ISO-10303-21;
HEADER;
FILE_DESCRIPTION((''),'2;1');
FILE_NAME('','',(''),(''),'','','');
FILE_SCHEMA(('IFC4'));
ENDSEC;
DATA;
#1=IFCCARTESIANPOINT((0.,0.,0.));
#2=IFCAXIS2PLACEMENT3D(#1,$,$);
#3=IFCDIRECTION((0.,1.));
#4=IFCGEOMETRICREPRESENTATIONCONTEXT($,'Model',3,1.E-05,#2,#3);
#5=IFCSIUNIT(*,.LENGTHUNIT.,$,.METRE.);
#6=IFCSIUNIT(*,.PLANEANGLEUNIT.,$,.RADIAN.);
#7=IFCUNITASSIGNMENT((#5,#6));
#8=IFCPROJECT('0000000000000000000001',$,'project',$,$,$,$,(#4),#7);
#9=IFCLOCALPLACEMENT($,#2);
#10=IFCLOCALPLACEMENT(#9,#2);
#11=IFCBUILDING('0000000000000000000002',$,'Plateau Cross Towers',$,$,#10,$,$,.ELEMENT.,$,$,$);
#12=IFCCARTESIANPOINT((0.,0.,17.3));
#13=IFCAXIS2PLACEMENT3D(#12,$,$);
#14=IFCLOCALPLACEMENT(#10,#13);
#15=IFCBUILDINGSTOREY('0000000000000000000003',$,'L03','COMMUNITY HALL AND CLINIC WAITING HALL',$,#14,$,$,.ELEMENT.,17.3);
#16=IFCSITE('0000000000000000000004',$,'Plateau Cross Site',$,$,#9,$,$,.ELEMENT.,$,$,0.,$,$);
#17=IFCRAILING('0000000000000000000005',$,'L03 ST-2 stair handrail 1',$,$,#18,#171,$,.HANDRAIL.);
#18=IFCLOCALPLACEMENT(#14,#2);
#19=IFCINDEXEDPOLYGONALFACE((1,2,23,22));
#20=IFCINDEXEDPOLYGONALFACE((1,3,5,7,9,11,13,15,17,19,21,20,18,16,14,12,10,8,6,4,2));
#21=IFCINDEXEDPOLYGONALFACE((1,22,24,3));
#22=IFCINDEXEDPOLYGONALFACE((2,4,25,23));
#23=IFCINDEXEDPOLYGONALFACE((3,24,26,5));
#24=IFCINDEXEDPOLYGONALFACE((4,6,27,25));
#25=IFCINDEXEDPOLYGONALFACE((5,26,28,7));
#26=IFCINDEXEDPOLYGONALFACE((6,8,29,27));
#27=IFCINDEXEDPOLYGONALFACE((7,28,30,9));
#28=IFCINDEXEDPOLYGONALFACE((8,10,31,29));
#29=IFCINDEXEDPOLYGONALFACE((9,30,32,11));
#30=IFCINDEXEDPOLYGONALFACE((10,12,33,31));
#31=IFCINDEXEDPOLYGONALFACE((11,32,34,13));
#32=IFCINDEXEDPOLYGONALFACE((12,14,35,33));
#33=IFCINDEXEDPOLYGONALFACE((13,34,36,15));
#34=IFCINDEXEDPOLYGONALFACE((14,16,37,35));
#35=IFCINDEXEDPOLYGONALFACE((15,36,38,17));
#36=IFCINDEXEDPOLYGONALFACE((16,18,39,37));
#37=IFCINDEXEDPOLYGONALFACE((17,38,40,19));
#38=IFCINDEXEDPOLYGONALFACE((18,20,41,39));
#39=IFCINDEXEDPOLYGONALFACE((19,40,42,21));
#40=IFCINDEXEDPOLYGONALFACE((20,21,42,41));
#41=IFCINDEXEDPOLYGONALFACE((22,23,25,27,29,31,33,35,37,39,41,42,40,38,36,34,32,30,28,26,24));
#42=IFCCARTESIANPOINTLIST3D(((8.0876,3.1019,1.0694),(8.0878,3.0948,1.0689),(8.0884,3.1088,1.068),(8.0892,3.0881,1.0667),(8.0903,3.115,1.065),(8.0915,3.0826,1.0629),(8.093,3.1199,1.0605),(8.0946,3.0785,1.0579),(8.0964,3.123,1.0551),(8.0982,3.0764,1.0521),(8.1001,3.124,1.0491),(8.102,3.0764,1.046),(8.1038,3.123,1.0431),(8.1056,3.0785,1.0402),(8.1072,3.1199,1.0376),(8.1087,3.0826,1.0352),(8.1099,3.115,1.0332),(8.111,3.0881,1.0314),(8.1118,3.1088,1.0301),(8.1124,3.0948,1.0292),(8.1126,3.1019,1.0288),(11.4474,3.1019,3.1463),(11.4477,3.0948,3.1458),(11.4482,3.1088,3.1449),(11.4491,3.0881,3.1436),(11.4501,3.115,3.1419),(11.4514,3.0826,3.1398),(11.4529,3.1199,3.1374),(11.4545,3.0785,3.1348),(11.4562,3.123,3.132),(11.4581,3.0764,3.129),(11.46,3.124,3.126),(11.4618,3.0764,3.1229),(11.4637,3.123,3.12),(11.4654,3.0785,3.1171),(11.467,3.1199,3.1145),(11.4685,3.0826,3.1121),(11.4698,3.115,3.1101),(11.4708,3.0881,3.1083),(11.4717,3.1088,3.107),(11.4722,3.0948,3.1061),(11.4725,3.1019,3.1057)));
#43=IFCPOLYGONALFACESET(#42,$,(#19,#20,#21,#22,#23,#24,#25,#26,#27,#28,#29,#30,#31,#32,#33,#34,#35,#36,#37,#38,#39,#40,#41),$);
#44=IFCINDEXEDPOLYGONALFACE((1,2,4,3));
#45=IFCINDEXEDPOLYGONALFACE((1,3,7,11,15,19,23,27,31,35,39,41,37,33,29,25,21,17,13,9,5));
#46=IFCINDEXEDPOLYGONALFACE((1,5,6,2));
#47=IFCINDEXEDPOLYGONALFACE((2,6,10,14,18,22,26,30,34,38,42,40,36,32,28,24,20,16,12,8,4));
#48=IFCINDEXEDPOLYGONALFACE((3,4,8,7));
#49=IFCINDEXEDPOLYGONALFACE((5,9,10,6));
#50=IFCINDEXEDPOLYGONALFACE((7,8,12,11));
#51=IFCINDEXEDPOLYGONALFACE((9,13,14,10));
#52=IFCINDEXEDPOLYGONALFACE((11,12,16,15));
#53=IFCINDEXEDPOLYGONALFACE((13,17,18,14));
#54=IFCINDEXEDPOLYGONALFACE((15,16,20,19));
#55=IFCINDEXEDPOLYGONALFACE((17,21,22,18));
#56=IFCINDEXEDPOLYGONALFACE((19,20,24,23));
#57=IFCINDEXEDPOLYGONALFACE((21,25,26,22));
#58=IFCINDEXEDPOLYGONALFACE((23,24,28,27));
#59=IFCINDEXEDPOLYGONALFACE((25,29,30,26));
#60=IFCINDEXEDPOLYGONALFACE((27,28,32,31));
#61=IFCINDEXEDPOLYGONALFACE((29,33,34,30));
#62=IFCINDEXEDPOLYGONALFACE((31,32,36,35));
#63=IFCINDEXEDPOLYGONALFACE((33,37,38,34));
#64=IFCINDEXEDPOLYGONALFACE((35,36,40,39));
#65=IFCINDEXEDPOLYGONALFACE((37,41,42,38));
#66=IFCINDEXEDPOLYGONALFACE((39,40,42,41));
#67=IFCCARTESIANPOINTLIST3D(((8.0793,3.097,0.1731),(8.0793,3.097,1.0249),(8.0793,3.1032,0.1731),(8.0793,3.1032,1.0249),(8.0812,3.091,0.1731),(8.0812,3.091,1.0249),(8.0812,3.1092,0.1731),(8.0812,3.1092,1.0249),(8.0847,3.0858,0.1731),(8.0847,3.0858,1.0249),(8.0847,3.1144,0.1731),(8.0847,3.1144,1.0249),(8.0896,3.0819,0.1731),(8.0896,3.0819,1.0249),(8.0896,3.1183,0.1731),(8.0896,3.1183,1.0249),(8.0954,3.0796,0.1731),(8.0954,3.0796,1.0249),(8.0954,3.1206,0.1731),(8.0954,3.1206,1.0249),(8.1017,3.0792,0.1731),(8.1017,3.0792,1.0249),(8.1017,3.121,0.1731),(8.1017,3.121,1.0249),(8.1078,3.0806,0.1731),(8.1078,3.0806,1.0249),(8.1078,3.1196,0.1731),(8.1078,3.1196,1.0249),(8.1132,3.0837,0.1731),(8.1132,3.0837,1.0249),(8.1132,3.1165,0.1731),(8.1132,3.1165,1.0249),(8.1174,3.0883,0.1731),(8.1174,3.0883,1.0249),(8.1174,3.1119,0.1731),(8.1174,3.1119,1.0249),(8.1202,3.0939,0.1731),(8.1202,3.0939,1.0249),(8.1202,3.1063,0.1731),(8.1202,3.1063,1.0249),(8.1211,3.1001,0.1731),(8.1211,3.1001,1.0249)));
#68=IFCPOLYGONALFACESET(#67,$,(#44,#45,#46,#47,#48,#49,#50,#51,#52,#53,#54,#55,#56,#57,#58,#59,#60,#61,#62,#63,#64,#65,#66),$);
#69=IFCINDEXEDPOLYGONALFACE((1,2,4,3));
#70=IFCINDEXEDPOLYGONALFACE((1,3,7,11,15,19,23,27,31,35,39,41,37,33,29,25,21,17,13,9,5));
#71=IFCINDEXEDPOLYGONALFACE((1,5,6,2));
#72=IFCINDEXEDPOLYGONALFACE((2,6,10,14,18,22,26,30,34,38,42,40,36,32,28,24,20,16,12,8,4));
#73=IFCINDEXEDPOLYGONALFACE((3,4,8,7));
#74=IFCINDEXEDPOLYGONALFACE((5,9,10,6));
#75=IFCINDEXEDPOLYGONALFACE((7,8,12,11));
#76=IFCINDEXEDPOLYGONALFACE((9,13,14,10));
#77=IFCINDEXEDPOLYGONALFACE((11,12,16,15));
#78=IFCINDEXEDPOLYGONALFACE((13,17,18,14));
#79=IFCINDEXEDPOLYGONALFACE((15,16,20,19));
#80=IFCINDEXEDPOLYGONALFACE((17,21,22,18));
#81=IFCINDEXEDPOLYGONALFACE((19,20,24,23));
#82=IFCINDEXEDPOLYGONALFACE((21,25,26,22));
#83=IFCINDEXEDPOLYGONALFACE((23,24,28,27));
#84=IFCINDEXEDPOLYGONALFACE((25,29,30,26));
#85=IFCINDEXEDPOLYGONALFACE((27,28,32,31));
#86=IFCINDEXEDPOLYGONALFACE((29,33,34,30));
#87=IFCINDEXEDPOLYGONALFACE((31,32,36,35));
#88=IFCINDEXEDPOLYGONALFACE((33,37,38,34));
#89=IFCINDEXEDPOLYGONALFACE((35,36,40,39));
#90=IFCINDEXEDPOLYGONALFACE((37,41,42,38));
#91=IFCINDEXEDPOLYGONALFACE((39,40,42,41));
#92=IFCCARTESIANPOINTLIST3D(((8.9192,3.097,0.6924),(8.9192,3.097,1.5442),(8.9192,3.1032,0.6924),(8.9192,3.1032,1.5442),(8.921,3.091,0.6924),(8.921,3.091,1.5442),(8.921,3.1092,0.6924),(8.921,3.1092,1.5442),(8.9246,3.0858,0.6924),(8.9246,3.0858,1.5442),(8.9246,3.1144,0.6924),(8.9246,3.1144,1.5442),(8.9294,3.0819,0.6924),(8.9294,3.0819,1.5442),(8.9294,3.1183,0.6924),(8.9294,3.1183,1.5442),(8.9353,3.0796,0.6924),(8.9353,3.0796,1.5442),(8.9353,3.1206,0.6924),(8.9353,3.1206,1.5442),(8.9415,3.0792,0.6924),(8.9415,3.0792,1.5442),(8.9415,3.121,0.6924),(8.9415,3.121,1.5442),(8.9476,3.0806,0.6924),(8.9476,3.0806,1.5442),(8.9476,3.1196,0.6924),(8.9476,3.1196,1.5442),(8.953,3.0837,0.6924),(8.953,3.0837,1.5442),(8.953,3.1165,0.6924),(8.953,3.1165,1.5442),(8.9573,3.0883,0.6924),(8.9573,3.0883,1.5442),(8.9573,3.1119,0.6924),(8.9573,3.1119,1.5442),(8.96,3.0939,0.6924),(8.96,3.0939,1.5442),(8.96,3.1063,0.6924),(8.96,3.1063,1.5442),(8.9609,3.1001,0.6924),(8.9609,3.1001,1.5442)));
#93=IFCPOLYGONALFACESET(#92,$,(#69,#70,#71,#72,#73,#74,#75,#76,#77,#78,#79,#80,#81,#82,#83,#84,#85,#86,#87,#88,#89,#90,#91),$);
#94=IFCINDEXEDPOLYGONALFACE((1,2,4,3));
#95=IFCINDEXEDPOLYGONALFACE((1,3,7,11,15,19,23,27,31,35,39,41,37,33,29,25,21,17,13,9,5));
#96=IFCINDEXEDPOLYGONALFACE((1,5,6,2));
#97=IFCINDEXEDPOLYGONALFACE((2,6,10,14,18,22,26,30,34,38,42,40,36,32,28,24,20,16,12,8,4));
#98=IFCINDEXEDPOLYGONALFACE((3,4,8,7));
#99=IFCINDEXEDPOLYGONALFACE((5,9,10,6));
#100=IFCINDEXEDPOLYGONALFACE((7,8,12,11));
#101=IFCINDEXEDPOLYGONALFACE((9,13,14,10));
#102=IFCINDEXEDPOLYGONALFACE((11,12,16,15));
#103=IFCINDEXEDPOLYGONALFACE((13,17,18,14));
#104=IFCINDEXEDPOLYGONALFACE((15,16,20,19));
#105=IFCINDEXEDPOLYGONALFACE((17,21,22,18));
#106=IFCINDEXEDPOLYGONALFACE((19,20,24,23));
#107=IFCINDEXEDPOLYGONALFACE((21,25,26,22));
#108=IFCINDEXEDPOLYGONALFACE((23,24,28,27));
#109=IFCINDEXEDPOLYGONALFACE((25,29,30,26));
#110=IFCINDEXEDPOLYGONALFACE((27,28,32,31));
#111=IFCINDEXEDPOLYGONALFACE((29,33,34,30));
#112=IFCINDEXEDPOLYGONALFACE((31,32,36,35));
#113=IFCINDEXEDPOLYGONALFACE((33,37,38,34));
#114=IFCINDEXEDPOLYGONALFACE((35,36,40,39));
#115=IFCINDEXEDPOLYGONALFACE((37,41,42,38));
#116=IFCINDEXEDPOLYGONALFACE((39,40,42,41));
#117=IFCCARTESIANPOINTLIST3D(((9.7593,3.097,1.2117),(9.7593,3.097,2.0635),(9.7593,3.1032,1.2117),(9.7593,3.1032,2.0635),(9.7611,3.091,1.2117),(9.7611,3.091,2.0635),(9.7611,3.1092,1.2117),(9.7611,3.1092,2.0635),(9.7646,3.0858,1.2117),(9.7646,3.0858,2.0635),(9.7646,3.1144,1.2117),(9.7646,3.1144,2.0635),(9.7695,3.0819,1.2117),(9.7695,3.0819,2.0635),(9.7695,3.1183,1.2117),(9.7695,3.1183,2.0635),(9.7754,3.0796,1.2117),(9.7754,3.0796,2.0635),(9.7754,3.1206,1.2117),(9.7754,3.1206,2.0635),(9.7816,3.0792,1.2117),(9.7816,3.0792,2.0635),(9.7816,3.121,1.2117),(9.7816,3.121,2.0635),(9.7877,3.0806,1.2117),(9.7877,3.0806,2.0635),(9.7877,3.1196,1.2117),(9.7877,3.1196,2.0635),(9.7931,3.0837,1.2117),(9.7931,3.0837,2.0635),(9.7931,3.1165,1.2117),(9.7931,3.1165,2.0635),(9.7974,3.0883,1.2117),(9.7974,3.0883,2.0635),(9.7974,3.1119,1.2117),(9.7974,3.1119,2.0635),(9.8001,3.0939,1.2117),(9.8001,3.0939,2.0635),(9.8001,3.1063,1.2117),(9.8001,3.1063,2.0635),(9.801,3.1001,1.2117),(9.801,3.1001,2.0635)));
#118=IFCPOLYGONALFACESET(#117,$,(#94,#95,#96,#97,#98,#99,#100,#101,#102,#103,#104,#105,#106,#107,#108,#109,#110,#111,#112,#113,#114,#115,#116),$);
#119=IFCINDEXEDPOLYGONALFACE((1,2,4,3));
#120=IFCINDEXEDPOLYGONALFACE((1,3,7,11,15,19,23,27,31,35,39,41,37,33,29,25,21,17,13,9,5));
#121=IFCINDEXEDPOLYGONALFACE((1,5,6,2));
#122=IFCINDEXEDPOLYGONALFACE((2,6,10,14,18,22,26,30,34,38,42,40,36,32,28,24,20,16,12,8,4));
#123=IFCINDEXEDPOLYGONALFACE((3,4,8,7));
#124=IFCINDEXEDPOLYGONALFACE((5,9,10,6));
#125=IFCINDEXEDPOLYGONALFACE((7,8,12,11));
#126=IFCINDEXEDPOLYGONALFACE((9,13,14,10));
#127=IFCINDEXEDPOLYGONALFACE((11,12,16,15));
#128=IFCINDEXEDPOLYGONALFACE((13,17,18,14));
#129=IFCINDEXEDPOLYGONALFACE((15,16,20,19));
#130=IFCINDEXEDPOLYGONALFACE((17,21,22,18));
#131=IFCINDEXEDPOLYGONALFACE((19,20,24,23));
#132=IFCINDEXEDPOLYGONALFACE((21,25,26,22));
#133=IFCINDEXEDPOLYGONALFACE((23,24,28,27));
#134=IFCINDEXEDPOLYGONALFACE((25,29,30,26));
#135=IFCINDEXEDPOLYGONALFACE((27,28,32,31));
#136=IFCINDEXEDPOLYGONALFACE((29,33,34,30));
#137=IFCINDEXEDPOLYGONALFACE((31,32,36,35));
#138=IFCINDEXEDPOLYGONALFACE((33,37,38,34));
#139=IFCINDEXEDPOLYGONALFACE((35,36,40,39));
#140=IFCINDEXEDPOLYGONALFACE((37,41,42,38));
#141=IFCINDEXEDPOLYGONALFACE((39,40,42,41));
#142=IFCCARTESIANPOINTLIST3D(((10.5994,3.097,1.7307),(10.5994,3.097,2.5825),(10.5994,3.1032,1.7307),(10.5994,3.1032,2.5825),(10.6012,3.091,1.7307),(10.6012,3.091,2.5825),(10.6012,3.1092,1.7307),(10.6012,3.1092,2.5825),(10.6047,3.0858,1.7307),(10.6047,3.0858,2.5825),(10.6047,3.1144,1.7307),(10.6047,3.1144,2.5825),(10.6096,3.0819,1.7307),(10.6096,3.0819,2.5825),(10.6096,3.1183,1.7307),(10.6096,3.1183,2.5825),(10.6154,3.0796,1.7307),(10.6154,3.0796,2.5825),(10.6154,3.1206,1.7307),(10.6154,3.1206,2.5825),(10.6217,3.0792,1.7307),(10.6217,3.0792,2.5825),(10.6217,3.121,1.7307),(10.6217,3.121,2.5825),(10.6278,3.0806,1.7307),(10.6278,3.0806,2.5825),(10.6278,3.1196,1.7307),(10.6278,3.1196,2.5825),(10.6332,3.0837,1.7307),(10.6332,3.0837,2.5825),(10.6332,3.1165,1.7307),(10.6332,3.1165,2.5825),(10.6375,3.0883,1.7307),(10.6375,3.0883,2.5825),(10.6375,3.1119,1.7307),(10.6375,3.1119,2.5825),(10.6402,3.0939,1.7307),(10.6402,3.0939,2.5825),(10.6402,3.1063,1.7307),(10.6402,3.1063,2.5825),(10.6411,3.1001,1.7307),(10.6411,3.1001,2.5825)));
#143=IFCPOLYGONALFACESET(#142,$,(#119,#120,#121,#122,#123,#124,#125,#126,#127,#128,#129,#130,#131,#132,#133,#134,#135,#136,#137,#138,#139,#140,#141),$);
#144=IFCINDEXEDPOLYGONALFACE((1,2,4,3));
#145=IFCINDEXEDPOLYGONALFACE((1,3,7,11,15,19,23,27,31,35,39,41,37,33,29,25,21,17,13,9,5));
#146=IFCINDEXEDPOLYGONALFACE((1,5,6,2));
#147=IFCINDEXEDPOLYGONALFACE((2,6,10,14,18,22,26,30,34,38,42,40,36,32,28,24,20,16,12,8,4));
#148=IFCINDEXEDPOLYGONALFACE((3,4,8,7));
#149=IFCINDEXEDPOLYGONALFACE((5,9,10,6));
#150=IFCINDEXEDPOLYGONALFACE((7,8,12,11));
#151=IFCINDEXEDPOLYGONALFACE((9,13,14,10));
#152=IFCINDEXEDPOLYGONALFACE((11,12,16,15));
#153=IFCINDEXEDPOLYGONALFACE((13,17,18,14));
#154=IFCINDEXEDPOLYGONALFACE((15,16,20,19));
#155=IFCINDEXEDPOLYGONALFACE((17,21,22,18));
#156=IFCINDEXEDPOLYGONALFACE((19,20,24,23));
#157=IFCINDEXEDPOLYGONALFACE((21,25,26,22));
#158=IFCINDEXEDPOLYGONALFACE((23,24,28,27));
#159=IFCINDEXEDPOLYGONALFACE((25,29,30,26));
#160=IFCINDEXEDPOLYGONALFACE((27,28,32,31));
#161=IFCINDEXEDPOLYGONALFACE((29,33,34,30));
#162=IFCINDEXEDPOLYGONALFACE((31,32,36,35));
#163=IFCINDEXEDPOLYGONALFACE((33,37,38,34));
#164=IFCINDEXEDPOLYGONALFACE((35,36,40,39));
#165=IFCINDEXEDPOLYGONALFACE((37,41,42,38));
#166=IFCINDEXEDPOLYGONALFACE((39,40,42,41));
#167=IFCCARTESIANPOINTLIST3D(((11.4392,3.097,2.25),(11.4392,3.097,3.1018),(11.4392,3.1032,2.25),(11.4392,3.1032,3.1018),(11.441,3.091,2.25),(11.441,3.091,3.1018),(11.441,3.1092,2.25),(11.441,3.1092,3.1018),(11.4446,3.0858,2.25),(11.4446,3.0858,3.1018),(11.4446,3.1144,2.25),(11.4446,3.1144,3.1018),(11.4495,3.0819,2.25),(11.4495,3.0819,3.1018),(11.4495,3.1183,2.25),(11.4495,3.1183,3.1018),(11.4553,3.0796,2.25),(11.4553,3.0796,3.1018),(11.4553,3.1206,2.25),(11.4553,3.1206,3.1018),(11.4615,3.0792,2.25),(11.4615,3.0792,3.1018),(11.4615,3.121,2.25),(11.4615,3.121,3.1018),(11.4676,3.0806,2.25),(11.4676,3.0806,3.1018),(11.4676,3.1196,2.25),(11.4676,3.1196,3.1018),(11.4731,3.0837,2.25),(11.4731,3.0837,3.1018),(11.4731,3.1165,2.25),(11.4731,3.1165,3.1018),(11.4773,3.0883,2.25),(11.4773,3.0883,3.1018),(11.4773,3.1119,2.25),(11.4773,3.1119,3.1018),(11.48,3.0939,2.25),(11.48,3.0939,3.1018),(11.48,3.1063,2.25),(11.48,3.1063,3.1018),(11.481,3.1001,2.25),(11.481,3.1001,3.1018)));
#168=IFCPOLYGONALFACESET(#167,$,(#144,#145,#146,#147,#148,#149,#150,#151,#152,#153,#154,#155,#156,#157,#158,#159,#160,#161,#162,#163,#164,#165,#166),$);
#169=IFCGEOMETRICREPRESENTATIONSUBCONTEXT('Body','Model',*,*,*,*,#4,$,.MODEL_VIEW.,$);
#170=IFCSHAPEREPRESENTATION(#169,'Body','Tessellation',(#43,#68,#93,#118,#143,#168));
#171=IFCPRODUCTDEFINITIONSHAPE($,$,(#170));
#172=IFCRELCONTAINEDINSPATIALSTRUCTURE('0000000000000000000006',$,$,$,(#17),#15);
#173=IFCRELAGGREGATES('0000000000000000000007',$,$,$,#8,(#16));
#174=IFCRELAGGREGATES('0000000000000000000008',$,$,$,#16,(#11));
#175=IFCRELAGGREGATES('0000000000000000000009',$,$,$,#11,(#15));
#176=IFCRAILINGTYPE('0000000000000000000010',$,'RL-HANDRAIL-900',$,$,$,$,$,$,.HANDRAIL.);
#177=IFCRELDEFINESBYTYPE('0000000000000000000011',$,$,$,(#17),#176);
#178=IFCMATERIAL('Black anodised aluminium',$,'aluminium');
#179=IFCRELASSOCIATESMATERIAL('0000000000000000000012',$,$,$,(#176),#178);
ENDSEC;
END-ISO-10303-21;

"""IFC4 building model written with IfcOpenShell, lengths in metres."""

from ifc_helpers import new_model, si_unit, direction, frame, origin, origin_2d, place, context, subcontext, project, spatial, circle, extrude, material, type_object, element, save


model = new_model("IFC4")

# Units and contexts
model_context = context("Model", 3, precision=1e-05, world=origin(), true_north=direction((0.0, 1.0)))
body_context = subcontext(model_context, "Body", "Model", "MODEL_VIEW")
ifc_project = project(units=[si_unit("LENGTHUNIT", "METRE"), si_unit("PLANEANGLEUNIT", "RADIAN")], contexts=[model_context])

# Site, building, storey
site_placement = place(None, origin())
site = spatial("IfcSite", under=ifc_project, at=site_placement, Name="Plateau Cross Site", CompositionType="ELEMENT", RefElevation=0.0)
building_placement = place(site_placement, origin())
building = spatial("IfcBuilding", under=site, at=building_placement, Name="Plateau Cross Towers", CompositionType="ELEMENT")
storey_placement = place(building_placement, frame((0.0, 0.0, 17.3)))
storey = spatial("IfcBuildingStorey", under=building, at=storey_placement, Name="L03", Description="COMMUNITY HALL AND CLINIC WAITING HALL", CompositionType="ELEMENT", Elevation=17.3)

# Railing
ifc_material_1 = material(Name="Black anodised aluminium", Category="aluminium")
railing_type_1 = type_object("IfcRailingType", Name="RL-HANDRAIL-900", PredefinedType="HANDRAIL", material=ifc_material_1)
railing_1_placement = place(storey_placement, frame((8.1001, 3.1001, 0.1731)))
element("IfcRailing", 1, at=railing_1_placement, inside=storey, type_object=railing_type_1, Name="L03 ST-2 stair handrail 1", PredefinedType="HANDRAIL", context=body_context, shape_type="SweptSolid", body=[
    extrude(circle(Radius=0.0239, at=origin_2d()), frame((0.0, 0.0, 0.876), z_axis=(0.850606, 0.0, 0.525803), x_axis=(0.0, 1.0, 0.0)), (0.0, 0.0, 1.0), 3.95),
    extrude(circle(Radius=0.021, at=origin_2d()), origin(), (0.0, 0.0, 1.0), 0.8518),
    extrude(circle(Radius=0.021, at=origin_2d()), frame((0.8398, 0.0, 0.5193)), (0.0, 0.0, 1.0), 0.8518),
    extrude(circle(Radius=0.021, at=origin_2d()), frame((1.6799, 0.0, 1.0386)), (0.0, 0.0, 1.0), 0.8518),
    extrude(circle(Radius=0.021, at=origin_2d()), frame((2.52, 0.0, 1.5576)), (0.0, 0.0, 1.0), 0.8518),
    extrude(circle(Radius=0.021, at=origin_2d()), frame((3.3599, 0.0, 2.0769)), (0.0, 0.0, 1.0), 0.8518),
])

save(model, "model.ifc")
